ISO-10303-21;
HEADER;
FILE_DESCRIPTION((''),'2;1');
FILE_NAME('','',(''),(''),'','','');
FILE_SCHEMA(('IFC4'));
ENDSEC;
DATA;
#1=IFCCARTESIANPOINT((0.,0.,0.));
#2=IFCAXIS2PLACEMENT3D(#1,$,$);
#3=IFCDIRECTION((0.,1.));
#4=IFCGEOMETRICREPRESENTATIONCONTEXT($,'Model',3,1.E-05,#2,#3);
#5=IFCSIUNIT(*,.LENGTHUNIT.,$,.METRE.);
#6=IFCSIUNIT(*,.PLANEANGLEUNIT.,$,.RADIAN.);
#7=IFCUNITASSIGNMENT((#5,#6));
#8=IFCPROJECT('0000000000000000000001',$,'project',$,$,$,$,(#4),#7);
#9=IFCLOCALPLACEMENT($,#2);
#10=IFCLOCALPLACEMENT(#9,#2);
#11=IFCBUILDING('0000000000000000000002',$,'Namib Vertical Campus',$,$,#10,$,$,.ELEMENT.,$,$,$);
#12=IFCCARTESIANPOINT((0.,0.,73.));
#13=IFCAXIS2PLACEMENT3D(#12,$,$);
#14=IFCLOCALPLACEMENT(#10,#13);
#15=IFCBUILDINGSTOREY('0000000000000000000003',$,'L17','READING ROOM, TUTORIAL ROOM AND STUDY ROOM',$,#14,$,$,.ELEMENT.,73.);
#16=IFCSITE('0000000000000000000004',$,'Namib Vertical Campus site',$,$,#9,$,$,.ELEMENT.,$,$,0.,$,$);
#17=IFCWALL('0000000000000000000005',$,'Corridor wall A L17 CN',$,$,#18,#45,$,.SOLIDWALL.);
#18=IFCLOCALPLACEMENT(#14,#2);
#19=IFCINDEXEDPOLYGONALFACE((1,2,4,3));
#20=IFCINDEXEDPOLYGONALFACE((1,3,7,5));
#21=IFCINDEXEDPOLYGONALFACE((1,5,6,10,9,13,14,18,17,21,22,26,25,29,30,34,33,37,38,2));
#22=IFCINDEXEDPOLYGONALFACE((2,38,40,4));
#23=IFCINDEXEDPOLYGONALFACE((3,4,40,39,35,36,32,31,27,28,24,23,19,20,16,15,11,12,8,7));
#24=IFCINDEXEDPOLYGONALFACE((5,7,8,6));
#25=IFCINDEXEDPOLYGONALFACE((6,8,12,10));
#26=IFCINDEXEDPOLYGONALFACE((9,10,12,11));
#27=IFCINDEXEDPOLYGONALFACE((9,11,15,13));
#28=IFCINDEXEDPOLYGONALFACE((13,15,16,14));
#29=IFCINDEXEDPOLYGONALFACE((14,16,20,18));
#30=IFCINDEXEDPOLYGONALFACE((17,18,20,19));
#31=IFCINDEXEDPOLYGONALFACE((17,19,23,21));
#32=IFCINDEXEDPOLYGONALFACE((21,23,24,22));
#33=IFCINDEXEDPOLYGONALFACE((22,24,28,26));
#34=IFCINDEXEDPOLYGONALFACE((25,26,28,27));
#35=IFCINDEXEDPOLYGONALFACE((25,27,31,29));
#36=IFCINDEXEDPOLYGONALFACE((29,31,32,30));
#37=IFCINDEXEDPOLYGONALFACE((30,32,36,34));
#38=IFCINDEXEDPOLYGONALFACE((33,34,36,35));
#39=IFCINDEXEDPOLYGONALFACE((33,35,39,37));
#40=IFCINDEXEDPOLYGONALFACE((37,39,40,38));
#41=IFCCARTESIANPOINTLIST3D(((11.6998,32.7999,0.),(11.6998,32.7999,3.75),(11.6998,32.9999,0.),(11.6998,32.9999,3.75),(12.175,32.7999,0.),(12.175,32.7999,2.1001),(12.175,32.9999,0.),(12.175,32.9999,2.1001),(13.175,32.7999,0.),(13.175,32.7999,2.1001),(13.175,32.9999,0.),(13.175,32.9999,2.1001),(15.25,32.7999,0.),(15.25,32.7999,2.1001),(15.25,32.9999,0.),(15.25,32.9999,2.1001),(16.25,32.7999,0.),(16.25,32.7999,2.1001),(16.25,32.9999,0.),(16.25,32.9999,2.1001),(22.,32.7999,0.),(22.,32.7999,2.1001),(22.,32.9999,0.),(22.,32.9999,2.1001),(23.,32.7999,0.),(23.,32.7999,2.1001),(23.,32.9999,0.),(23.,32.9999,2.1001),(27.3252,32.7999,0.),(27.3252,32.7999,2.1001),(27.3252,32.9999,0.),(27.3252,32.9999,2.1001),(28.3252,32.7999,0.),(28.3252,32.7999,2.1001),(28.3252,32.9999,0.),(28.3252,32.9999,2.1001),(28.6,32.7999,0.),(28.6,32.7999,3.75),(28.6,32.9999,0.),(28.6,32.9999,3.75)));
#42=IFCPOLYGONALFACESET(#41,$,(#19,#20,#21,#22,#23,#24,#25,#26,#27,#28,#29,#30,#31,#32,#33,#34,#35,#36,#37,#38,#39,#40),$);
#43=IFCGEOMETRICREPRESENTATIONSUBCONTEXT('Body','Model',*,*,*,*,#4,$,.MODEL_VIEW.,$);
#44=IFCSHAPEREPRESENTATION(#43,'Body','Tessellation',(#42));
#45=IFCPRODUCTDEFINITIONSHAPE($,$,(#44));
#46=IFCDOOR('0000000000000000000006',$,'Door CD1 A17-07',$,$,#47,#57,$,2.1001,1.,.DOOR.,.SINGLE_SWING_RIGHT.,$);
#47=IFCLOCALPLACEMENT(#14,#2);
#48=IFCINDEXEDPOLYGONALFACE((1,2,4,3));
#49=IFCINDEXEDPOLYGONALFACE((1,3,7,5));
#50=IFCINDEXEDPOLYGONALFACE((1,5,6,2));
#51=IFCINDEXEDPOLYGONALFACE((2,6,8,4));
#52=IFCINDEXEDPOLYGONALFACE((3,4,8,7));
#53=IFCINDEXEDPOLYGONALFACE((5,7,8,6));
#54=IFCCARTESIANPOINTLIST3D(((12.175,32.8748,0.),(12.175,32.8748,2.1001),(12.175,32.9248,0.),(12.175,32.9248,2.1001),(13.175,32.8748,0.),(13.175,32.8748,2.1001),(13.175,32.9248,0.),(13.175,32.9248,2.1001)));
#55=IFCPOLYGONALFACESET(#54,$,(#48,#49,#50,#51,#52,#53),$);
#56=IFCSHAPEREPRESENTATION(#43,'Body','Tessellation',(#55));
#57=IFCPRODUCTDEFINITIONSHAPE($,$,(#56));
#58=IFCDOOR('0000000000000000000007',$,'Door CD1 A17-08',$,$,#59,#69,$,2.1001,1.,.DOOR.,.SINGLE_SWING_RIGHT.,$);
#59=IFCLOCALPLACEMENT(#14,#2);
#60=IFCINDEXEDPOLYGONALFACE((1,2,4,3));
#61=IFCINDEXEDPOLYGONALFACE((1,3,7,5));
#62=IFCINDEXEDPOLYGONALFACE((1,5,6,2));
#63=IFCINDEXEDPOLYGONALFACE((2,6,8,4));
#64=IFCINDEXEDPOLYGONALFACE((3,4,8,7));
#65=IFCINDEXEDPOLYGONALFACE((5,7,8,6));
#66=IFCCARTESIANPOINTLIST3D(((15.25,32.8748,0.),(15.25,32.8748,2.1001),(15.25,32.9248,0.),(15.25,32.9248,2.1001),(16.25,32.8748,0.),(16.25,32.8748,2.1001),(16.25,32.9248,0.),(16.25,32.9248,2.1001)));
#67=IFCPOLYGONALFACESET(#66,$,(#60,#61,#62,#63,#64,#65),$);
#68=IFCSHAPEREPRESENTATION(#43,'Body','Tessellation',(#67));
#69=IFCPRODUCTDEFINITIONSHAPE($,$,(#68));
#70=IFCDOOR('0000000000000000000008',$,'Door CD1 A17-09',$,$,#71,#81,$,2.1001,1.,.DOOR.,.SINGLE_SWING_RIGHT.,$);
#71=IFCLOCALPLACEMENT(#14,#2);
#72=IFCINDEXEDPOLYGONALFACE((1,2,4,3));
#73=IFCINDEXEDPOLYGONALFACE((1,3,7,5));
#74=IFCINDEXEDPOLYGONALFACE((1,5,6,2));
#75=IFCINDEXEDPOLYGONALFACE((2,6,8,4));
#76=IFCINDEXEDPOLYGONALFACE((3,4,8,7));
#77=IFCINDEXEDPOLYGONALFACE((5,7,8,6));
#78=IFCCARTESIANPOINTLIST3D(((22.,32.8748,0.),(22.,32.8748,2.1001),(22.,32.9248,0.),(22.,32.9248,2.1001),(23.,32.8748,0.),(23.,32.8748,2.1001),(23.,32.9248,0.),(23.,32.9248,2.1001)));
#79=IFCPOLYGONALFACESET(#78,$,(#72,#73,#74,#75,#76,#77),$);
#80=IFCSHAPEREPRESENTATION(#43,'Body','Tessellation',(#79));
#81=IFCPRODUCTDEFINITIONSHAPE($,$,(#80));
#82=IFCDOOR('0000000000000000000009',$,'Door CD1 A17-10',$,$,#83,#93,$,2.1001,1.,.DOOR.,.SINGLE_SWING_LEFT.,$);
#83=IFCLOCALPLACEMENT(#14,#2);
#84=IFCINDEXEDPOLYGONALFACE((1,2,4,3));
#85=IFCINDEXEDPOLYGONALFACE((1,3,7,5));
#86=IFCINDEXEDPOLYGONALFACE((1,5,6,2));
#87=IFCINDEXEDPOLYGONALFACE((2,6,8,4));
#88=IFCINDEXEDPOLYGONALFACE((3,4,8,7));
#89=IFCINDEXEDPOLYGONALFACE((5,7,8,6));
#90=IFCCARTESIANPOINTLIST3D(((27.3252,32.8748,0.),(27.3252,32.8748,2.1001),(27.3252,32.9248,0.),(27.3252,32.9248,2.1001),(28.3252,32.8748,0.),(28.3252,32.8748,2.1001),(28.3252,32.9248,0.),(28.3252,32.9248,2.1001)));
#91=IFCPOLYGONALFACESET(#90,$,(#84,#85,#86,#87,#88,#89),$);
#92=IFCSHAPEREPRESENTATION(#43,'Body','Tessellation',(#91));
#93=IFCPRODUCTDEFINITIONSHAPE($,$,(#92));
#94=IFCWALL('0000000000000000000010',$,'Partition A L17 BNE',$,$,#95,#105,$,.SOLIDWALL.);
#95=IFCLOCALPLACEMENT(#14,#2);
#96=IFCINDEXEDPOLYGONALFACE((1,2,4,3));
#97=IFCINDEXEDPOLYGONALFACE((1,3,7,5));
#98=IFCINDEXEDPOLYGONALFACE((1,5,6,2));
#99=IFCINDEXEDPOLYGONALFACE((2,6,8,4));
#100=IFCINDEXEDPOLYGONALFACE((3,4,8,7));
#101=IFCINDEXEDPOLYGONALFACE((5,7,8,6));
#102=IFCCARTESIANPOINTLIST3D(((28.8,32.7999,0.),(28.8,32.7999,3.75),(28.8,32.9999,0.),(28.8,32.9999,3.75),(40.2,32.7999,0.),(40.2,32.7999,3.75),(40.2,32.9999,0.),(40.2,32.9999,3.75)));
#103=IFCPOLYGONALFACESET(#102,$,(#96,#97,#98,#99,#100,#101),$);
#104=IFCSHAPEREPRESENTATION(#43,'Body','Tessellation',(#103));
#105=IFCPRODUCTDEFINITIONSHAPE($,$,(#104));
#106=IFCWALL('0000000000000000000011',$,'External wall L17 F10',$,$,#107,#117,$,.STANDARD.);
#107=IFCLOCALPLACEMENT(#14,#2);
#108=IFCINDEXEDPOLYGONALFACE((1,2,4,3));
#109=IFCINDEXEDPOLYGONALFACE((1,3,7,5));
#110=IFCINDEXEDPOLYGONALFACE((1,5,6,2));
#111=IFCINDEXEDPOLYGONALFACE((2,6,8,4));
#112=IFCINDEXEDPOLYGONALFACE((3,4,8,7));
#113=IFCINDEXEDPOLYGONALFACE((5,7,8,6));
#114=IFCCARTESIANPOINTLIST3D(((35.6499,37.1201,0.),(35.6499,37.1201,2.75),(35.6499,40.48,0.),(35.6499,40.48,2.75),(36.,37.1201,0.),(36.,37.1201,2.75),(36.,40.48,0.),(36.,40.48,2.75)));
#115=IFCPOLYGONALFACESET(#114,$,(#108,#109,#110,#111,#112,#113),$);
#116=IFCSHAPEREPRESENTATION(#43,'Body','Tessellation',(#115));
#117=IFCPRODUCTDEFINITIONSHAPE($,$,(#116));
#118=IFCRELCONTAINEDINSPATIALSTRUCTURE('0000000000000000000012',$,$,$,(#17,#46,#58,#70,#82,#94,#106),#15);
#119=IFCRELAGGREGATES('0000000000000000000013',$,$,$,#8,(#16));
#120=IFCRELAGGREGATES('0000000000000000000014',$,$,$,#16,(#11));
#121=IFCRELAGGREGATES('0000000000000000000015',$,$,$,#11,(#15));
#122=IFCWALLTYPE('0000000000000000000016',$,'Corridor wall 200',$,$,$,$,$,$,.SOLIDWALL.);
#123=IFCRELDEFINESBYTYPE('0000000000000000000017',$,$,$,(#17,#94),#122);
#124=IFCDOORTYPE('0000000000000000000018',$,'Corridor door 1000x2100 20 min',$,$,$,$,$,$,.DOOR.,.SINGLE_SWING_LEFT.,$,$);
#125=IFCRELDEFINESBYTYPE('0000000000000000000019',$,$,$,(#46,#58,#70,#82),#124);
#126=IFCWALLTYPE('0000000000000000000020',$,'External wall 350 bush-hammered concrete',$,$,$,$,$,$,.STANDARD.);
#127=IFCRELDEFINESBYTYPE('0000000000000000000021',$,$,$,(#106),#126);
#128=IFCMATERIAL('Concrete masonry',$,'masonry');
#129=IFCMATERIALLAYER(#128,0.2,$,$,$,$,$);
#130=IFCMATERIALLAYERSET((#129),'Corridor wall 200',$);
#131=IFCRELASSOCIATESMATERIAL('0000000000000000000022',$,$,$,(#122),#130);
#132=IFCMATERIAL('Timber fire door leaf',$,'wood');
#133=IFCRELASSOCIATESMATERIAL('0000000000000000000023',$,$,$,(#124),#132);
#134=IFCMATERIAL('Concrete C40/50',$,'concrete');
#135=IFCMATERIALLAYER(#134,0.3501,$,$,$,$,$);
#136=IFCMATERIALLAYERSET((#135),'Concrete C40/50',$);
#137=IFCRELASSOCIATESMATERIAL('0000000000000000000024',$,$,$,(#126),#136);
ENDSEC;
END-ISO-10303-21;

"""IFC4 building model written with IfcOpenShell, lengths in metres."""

from ifc_helpers import new_model, si_unit, direction, frame, frame_2d, origin, place, context, subcontext, project, spatial, rectangle, extrude, material, layer, layer_set, type_object, element, fill, save


model = new_model("IFC4")

# Units and contexts
model_context = context("Model", 3, precision=1e-05, world=origin(), true_north=direction((0.0, 1.0)))
body_context = subcontext(model_context, "Body", "Model", "MODEL_VIEW")
ifc_project = project(units=[si_unit("LENGTHUNIT", "METRE"), si_unit("PLANEANGLEUNIT", "RADIAN")], contexts=[model_context])

# Site, building, storey
site_placement = place(None, origin())
site = spatial("IfcSite", under=ifc_project, at=site_placement, Name="Namib Vertical Campus site", CompositionType="ELEMENT", RefElevation=0.0)
building_placement = place(site_placement, origin())
building = spatial("IfcBuilding", under=site, at=building_placement, Name="Namib Vertical Campus", CompositionType="ELEMENT")
storey_placement = place(building_placement, frame((0.0, 0.0, 73.0)))
storey = spatial("IfcBuildingStorey", under=building, at=storey_placement, Name="L17", Description="READING ROOM, TUTORIAL ROOM AND STUDY ROOM", CompositionType="ELEMENT", Elevation=73.0)

# Wall, openings, doors
ifc_material_1 = material(Name="Concrete masonry", Category="masonry")
ifc_layer_1 = layer(ifc_material_1, 0.2)
ifc_layer_set_1 = layer_set([ifc_layer_1], Name="Corridor wall 200")
wall_type_1 = type_object("IfcWallType", Name="Corridor wall 200", PredefinedType="SOLIDWALL", material=ifc_layer_set_1)
wall_1_placement = place(storey_placement, frame((28.6001, 32.8999, 0.0), z_axis=(0.0, 0.0, 1.0), x_axis=(-1.0, 0.0, 0.0)))
wall_1 = element("IfcWall", 1, at=wall_1_placement, inside=storey, type_object=wall_type_1, Name="Corridor wall A L17 CN", PredefinedType="SOLIDWALL", context=body_context, shape_type="SweptSolid", body=[
    extrude(rectangle(XDim=16.9001, YDim=0.2, at=frame_2d((8.4502, 0.0))), origin(), (0.0, 0.0, 1.0), 3.75),
])
opening_1_placement = place(wall_1_placement, frame((15.425, 0.0, 0.0)))
opening_1 = element("IfcOpeningElement", 2, at=opening_1_placement, cuts=wall_1, PredefinedType="OPENING", context=body_context, shape_type="SweptSolid", body=[
    extrude(rectangle(XDim=1.0, YDim=2.1001, at=frame_2d((0.5, 1.05))), frame((0.0, 0.1099, 0.0), z_axis=(0.0, -1.0, 0.0), x_axis=(1.0, 0.0, 0.0)), (0.0, 0.0, 1.0), 0.22),
])
opening_2_placement = place(wall_1_placement, frame((12.3501, 0.0, 0.0)))
opening_2 = element("IfcOpeningElement", 3, at=opening_2_placement, cuts=wall_1, PredefinedType="OPENING", context=body_context, shape_type="SweptSolid", body=[
    extrude(rectangle(XDim=1.0, YDim=2.1001, at=frame_2d((0.5, 1.05))), frame((0.0, 0.1099, 0.0), z_axis=(0.0, -1.0, 0.0), x_axis=(1.0, 0.0, 0.0)), (0.0, 0.0, 1.0), 0.22),
])
opening_3_placement = place(wall_1_placement, frame((5.6001, 0.0, 0.0)))
opening_3 = element("IfcOpeningElement", 4, at=opening_3_placement, cuts=wall_1, PredefinedType="OPENING", context=body_context, shape_type="SweptSolid", body=[
    extrude(rectangle(XDim=1.0, YDim=2.1001, at=frame_2d((0.5, 1.05))), frame((0.0, 0.1099, 0.0), z_axis=(0.0, -1.0, 0.0), x_axis=(1.0, 0.0, 0.0)), (0.0, 0.0, 1.0), 0.22),
])
opening_4_placement = place(wall_1_placement, frame((0.2749, 0.0, 0.0)))
opening_4 = element("IfcOpeningElement", 5, at=opening_4_placement, cuts=wall_1, PredefinedType="OPENING", context=body_context, shape_type="SweptSolid", body=[
    extrude(rectangle(XDim=1.0, YDim=2.1001, at=frame_2d((0.5, 1.05))), frame((0.0, 0.1099, 0.0), z_axis=(0.0, -1.0, 0.0), x_axis=(1.0, 0.0, 0.0)), (0.0, 0.0, 1.0), 0.22),
])
ifc_material_2 = material(Name="Timber fire door leaf", Category="wood")
door_type = type_object("IfcDoorType", Name="Corridor door 1000x2100 20 min", OperationType="SINGLE_SWING_LEFT", PredefinedType="DOOR", material=ifc_material_2)
door_1_placement = place(opening_1_placement, frame((1.0, 0.0, 0.0), z_axis=(0.0, 0.0, 1.0), x_axis=(-1.0, 0.0, 0.0)))
door_1 = element("IfcDoor", 6, at=door_1_placement, inside=storey, type_object=door_type, Name="Door CD1 A17-07", OperationType="SINGLE_SWING_RIGHT", OverallHeight=2.1001, OverallWidth=1.0, PredefinedType="DOOR", context=body_context, shape_type="SweptSolid", body=[
    extrude(rectangle(XDim=1.0, YDim=2.1001, at=frame_2d((0.5, 1.05))), frame((0.0, 0.0249, 0.0), z_axis=(0.0, -1.0, 0.0), x_axis=(1.0, 0.0, 0.0)), (0.0, 0.0, 1.0), 0.05),
])
fill(opening_1, door_1)
door_2_placement = place(opening_2_placement, frame((1.0, 0.0, 0.0), z_axis=(0.0, 0.0, 1.0), x_axis=(-1.0, 0.0, 0.0)))
door_2 = element("IfcDoor", 7, at=door_2_placement, inside=storey, type_object=door_type, Name="Door CD1 A17-08", OperationType="SINGLE_SWING_RIGHT", OverallHeight=2.1001, OverallWidth=1.0, PredefinedType="DOOR", context=body_context, shape_type="SweptSolid", body=[
    extrude(rectangle(XDim=1.0, YDim=2.1001, at=frame_2d((0.5, 1.05))), frame((0.0, 0.0249, 0.0), z_axis=(0.0, -1.0, 0.0), x_axis=(1.0, 0.0, 0.0)), (0.0, 0.0, 1.0), 0.05),
])
fill(opening_2, door_2)
door_3_placement = place(opening_3_placement, frame((1.0, 0.0, 0.0), z_axis=(0.0, 0.0, 1.0), x_axis=(-1.0, 0.0, 0.0)))
door_3 = element("IfcDoor", 8, at=door_3_placement, inside=storey, type_object=door_type, Name="Door CD1 A17-09", OperationType="SINGLE_SWING_RIGHT", OverallHeight=2.1001, OverallWidth=1.0, PredefinedType="DOOR", context=body_context, shape_type="SweptSolid", body=[
    extrude(rectangle(XDim=1.0, YDim=2.1001, at=frame_2d((0.5, 1.05))), frame((0.0, 0.0249, 0.0), z_axis=(0.0, -1.0, 0.0), x_axis=(1.0, 0.0, 0.0)), (0.0, 0.0, 1.0), 0.05),
])
fill(opening_3, door_3)
door_4_placement = place(opening_4_placement, frame((1.0, 0.0, 0.0), z_axis=(0.0, 0.0, 1.0), x_axis=(-1.0, 0.0, 0.0)))
door_4 = element("IfcDoor", 9, at=door_4_placement, inside=storey, type_object=door_type, Name="Door CD1 A17-10", OperationType="SINGLE_SWING_LEFT", OverallHeight=2.1001, OverallWidth=1.0, PredefinedType="DOOR", context=body_context, shape_type="SweptSolid", body=[
    extrude(rectangle(XDim=1.0, YDim=2.1001, at=frame_2d((0.5, 1.05))), frame((0.0, 0.0249, 0.0), z_axis=(0.0, -1.0, 0.0), x_axis=(1.0, 0.0, 0.0)), (0.0, 0.0, 1.0), 0.05),
])
fill(opening_4, door_4)

# Walls
wall_2_placement = place(storey_placement, frame((28.8, 32.8999, 0.0), z_axis=(0.0, 0.0, 1.0), x_axis=(1.0, 0.0, 0.0)))
element("IfcWall", 10, at=wall_2_placement, inside=storey, type_object=wall_type_1, Name="Partition A L17 BNE", PredefinedType="SOLIDWALL", context=body_context, shape_type="SweptSolid", body=[
    extrude(rectangle(XDim=11.3999, YDim=0.2, at=frame_2d((5.7, 0.0))), origin(), (0.0, 0.0, 1.0), 3.75),
])
ifc_material_3 = material(Name="Concrete C40/50", Category="concrete")
ifc_layer_2 = layer(ifc_material_3, 0.3501)
ifc_layer_set_2 = layer_set([ifc_layer_2], Name="Concrete C40/50")
wall_type_2 = type_object("IfcWallType", Name="External wall 350 bush-hammered concrete", PredefinedType="STANDARD", material=ifc_layer_set_2)
wall_3_placement = place(storey_placement, frame((35.825, 37.1201, 0.0), z_axis=(0.0, 0.0, 1.0), x_axis=(0.0, 1.0, 0.0)))
element("IfcWall", 11, at=wall_3_placement, inside=storey, type_object=wall_type_2, Name="External wall L17 F10", PredefinedType="STANDARD", context=body_context, shape_type="SweptSolid", body=[
    extrude(rectangle(XDim=3.3599, YDim=0.3501, at=frame_2d((1.6799, 0.0))), origin(), (0.0, 0.0, 1.0), 2.75),
])

save(model, "model.ifc")
